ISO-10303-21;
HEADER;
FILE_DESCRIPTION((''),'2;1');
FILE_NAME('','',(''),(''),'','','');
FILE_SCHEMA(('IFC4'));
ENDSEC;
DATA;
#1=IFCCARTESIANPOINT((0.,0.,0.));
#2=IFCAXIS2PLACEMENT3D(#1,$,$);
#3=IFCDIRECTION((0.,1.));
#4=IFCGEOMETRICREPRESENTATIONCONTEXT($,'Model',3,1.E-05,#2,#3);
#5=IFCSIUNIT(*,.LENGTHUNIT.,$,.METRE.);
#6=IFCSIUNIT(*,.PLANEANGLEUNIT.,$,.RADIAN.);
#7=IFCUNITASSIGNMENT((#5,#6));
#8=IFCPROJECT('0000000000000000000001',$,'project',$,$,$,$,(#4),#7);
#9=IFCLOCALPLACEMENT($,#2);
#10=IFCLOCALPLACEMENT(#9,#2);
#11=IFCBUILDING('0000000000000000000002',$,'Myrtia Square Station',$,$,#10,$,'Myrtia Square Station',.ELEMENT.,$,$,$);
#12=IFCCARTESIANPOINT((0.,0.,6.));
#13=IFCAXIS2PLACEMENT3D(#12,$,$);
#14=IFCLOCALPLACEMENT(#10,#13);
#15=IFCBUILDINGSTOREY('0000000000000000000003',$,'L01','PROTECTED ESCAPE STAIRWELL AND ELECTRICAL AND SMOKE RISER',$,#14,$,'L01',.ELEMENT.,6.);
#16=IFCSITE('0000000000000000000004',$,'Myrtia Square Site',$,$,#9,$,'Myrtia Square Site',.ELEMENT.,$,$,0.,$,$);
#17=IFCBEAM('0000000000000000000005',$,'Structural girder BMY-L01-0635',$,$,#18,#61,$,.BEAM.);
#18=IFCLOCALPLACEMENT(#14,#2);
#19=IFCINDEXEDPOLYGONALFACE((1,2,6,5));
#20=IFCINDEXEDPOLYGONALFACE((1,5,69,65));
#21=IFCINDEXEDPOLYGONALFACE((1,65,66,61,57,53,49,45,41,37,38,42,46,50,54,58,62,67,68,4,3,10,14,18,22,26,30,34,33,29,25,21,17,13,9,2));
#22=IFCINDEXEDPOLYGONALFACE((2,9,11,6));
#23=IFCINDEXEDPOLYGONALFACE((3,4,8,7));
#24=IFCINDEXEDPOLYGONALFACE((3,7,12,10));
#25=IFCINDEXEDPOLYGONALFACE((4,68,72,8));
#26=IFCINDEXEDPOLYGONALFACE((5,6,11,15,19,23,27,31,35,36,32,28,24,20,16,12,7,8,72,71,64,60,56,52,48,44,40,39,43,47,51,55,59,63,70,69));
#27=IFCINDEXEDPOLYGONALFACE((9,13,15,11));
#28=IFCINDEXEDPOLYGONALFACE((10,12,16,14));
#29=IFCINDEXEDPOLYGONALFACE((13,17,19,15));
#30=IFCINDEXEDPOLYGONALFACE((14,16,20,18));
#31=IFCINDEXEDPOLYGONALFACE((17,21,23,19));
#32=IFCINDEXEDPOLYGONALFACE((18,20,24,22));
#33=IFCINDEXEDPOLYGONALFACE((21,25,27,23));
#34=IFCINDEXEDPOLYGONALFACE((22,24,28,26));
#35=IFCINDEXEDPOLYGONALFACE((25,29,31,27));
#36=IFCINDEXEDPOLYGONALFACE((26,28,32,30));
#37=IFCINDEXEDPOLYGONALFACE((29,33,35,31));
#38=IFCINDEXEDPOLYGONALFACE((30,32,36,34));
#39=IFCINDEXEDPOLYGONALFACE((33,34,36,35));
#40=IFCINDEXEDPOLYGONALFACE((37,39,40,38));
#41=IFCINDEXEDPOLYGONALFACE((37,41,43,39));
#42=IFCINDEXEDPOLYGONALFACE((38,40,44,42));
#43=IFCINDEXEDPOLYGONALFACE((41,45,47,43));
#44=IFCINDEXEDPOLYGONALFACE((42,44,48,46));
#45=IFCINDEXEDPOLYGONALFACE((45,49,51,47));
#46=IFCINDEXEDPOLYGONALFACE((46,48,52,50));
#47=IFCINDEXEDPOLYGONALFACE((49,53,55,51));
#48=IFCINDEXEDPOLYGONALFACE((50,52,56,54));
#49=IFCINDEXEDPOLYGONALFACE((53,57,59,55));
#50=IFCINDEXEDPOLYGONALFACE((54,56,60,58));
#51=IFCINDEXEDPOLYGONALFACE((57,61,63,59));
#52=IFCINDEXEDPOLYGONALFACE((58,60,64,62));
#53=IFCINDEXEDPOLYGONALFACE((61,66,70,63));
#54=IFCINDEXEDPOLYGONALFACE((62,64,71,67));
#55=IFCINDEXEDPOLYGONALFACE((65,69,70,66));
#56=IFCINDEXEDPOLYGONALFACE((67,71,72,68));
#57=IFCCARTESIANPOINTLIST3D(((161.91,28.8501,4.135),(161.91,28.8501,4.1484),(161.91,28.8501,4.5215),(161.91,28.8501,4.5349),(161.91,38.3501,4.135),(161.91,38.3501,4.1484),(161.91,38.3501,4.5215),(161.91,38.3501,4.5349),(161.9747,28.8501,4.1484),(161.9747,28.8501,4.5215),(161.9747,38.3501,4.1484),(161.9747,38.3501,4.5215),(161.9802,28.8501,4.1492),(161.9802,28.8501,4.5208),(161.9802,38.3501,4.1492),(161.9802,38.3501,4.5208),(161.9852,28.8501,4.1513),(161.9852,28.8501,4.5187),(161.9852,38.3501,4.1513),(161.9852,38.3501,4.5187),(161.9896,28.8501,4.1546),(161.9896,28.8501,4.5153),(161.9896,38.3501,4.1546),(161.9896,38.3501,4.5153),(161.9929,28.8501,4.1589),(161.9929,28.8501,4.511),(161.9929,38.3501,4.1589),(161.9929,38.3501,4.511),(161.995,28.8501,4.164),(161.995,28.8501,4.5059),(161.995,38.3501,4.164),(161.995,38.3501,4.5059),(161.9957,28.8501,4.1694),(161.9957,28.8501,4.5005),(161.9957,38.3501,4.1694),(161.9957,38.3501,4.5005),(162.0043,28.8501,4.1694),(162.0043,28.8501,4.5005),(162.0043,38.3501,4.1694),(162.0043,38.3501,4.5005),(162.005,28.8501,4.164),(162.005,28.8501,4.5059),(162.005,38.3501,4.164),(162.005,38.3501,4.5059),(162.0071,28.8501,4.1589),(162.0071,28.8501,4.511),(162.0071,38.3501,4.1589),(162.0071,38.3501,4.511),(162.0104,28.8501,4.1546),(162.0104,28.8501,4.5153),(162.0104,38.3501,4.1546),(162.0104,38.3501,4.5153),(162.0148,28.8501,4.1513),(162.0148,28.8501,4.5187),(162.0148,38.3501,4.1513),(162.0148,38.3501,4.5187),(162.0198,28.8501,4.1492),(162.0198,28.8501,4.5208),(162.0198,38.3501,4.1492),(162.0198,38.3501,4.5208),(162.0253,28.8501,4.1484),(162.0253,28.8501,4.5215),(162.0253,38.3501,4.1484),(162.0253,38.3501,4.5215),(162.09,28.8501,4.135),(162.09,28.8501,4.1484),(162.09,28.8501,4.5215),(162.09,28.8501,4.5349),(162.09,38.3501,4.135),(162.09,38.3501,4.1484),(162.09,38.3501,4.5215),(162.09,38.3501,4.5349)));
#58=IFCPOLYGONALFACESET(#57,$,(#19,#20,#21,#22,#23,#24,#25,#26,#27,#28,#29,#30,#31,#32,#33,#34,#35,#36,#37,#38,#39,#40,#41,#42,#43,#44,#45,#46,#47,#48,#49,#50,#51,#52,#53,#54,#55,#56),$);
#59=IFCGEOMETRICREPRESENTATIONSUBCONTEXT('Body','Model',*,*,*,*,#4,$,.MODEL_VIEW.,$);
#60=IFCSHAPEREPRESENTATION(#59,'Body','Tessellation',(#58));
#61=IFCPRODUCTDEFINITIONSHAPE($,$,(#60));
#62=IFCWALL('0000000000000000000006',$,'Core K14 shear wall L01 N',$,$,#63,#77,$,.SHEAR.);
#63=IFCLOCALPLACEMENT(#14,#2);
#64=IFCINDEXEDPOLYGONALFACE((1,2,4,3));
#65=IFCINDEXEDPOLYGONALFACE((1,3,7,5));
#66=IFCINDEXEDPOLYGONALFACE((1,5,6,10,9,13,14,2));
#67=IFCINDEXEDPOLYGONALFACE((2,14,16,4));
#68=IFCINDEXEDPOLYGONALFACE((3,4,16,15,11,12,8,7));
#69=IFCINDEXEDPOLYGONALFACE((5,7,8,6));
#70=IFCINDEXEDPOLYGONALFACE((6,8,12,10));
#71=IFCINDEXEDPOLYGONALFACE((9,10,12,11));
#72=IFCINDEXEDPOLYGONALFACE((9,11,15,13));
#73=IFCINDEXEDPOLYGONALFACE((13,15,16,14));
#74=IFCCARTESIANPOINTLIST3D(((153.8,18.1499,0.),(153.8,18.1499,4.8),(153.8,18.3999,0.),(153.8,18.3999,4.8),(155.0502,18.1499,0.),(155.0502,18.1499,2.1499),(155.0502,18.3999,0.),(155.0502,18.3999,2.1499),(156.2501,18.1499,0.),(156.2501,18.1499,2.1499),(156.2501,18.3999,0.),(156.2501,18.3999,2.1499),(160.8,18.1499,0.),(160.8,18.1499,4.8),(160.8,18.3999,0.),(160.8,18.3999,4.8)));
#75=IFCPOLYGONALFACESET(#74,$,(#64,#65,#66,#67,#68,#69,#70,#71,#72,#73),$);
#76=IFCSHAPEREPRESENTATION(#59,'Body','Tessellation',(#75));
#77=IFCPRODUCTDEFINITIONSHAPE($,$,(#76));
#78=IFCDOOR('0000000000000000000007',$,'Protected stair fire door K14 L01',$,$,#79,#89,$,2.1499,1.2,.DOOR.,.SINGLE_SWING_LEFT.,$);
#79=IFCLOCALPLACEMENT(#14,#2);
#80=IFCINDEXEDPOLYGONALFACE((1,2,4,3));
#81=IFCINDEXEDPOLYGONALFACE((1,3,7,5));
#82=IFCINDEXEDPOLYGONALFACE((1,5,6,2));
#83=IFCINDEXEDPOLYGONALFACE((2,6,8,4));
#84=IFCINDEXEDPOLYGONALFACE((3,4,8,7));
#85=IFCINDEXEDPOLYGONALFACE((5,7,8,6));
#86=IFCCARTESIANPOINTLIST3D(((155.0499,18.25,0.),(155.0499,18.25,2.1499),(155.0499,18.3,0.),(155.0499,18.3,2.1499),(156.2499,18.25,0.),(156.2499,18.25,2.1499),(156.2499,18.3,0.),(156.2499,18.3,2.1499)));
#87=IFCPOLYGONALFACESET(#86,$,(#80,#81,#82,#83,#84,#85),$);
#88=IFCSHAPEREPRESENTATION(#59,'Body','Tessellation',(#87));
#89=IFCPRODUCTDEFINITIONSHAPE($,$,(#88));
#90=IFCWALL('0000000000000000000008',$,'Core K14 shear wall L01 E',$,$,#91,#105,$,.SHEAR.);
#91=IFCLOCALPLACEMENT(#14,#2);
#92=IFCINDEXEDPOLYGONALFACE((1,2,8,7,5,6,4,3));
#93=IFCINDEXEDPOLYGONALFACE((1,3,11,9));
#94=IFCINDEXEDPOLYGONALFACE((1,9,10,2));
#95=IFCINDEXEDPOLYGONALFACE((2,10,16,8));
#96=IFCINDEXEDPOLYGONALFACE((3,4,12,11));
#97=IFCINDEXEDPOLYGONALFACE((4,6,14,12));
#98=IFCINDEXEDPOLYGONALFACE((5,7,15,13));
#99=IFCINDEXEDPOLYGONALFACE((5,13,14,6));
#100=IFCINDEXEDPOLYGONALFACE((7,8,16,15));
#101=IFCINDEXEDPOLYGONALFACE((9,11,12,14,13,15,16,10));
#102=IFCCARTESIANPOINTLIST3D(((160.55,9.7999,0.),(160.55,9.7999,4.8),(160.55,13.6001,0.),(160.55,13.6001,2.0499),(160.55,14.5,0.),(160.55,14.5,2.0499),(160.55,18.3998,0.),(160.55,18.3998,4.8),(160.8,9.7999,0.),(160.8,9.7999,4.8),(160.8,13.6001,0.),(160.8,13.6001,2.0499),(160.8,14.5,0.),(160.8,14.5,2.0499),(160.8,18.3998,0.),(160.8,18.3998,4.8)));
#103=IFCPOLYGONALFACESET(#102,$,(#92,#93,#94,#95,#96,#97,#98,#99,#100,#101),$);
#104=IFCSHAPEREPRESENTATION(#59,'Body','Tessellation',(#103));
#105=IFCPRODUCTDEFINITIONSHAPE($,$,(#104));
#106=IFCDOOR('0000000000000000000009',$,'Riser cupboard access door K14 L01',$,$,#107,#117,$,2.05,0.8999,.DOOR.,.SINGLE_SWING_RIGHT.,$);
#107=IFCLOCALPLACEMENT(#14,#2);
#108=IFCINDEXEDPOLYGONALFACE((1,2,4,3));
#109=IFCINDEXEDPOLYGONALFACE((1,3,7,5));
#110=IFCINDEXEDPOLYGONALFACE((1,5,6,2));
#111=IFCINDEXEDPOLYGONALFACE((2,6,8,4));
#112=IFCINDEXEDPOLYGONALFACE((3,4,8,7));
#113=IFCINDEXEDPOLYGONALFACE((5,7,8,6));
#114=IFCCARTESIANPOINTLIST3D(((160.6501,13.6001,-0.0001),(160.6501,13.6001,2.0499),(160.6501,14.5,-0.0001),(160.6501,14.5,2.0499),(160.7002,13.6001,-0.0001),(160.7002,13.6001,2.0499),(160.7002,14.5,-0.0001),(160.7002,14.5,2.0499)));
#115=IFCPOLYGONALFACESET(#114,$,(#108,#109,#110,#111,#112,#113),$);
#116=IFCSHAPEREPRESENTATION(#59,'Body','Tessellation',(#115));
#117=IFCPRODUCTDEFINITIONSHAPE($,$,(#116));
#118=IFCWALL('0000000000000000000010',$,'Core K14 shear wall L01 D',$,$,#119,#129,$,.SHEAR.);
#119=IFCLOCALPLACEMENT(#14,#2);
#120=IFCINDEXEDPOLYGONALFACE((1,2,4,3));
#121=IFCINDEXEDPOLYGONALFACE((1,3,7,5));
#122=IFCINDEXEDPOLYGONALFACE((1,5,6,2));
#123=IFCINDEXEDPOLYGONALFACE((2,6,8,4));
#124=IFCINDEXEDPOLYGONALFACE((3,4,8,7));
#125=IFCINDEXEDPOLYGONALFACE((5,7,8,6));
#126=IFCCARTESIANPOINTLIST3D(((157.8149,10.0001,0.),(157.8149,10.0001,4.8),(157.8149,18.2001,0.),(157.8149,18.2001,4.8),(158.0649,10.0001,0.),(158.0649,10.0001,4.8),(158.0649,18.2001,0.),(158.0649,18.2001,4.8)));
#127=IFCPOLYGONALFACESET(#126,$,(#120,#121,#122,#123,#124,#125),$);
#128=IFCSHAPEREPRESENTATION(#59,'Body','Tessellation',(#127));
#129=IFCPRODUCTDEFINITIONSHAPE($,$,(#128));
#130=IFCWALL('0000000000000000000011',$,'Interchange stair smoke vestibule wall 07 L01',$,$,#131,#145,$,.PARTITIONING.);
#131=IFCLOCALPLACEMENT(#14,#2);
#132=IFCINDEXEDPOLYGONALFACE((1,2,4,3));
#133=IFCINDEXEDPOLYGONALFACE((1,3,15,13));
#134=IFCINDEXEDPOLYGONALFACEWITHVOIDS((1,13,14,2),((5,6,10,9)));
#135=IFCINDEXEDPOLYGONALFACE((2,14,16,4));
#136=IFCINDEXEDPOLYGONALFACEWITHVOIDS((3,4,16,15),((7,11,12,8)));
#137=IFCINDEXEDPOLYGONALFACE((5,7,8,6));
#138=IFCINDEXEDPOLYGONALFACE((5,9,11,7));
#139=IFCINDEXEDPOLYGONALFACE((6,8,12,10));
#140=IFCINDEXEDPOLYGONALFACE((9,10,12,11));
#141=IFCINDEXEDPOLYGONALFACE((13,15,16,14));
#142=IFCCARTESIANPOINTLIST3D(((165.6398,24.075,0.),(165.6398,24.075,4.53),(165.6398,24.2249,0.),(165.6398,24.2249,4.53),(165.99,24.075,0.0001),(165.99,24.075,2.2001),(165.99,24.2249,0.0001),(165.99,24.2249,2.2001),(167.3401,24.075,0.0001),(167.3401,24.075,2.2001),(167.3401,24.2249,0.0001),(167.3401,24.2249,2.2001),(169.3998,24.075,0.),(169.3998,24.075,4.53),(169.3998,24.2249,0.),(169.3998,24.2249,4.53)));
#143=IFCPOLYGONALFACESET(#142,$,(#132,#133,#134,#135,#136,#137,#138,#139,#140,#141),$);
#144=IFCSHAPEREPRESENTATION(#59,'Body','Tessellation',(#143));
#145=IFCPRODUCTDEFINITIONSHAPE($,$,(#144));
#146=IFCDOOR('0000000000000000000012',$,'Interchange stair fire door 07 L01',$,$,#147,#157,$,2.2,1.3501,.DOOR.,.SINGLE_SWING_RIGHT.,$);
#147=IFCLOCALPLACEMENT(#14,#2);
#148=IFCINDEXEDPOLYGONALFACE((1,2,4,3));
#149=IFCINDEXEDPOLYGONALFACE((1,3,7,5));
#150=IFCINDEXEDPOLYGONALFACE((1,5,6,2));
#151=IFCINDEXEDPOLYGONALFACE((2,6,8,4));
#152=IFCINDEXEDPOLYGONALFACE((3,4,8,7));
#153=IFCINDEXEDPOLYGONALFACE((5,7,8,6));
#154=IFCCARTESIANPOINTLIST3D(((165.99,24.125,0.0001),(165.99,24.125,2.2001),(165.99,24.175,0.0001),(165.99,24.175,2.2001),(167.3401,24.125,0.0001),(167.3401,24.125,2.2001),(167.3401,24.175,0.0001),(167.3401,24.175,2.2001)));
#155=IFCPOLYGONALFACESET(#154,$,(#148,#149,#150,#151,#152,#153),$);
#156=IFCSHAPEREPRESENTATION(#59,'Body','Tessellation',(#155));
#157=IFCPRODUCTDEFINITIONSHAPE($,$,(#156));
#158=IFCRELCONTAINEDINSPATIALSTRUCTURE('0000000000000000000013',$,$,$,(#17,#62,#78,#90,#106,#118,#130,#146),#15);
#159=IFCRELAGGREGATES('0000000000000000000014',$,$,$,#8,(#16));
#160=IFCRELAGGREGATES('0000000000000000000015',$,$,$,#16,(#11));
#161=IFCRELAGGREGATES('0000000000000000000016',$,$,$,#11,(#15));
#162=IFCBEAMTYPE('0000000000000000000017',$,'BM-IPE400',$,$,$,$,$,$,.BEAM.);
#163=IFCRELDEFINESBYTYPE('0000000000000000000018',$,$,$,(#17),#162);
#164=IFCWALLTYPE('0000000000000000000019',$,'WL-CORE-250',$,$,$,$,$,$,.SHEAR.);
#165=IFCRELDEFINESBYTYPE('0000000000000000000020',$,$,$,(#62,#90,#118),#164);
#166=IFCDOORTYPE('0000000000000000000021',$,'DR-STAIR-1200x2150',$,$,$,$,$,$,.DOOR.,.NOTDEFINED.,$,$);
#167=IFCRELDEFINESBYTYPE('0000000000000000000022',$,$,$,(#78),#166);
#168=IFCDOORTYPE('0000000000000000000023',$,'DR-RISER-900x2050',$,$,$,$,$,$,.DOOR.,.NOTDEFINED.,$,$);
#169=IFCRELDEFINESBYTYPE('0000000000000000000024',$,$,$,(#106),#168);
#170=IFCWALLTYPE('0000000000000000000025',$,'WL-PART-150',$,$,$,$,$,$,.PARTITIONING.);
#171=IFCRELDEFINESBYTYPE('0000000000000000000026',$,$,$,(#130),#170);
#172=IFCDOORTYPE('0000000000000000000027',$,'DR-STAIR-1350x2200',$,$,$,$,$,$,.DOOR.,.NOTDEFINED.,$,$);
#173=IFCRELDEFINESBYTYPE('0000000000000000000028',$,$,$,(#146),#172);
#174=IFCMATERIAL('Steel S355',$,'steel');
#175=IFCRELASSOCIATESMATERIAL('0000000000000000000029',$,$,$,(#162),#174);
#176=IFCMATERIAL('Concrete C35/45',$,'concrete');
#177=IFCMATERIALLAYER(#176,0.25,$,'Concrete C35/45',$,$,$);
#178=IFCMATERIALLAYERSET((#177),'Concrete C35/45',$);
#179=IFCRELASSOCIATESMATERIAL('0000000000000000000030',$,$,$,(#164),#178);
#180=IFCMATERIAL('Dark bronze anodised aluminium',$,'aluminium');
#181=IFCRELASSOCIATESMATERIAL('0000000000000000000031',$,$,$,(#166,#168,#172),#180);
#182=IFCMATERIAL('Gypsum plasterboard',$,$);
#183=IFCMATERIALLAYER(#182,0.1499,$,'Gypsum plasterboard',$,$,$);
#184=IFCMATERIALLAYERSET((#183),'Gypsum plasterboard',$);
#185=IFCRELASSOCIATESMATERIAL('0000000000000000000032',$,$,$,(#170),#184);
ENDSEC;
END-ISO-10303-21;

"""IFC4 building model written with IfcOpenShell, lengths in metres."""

from ifc_helpers import new_model, si_unit, direction, frame, frame_2d, origin, origin_2d, place, context, subcontext, project, spatial, rectangle, i_section, extrude, material, layer, layer_set, material_profile, profile_set, type_object, element, fill, save


model = new_model("IFC4")

# Units and contexts
model_context = context("Model", 3, precision=1e-05, world=origin(), true_north=direction((0.0, 1.0)))
body_context = subcontext(model_context, "Body", "Model", "MODEL_VIEW")
ifc_project = project(units=[si_unit("LENGTHUNIT", "METRE"), si_unit("PLANEANGLEUNIT", "RADIAN")], contexts=[model_context])

# Site, building, storey
site_placement = place(None, origin())
site = spatial("IfcSite", under=ifc_project, at=site_placement, Name="Myrtia Square Site", LongName="Myrtia Square Site", CompositionType="ELEMENT", RefElevation=0.0)
building_placement = place(site_placement, origin())
building = spatial("IfcBuilding", under=site, at=building_placement, Name="Myrtia Square Station", LongName="Myrtia Square Station", CompositionType="ELEMENT")
storey_placement = place(building_placement, frame((0.0, 0.0, 6.0)))
storey = spatial("IfcBuildingStorey", under=building, at=storey_placement, Name="L01", Description="PROTECTED ESCAPE STAIRWELL AND ELECTRICAL AND SMOKE RISER", LongName="L01", CompositionType="ELEMENT", Elevation=6.0)

# Shared definitions
ifc_material_1 = material(Name="Steel S355", Category="steel")

# Beam
ifc_material_profile_1 = material_profile(ifc_material_1, i_section(OverallWidth=0.1799, OverallDepth=0.3999, WebThickness=0.0085, FlangeThickness=0.0134, FilletRadius=0.021, at=origin_2d()), Name="IPE 400")
ifc_profile_set_1 = profile_set([ifc_material_profile_1], Name="Steel S355")
beam_type_1 = type_object("IfcBeamType", Name="BM-IPE400", PredefinedType="BEAM", material=ifc_profile_set_1)
for number, where, z_axis, x_axis, name in (
    (1, (162.0, 28.8501, 4.335), (0.0, 1.0, 0.0), (-1.0, 0.0, 0.0), "Structural girder BMY-L01-0635"),
):
    element("IfcBeam", number, at=place(storey_placement, frame(where, z_axis=z_axis, x_axis=x_axis)), inside=storey, type_object=beam_type_1, Name=name, PredefinedType="BEAM", context=body_context, shape_type="SweptSolid", body=[
        extrude(i_section(OverallWidth=0.1799, OverallDepth=0.3999, WebThickness=0.0085, FlangeThickness=0.0134, FilletRadius=0.021, at=origin_2d()), origin(), (0.0, 0.0, 1.0), 9.5),
    ])

# Walls, openings, doors
ifc_material_2 = material(Name="Concrete C35/45", Category="concrete")
ifc_layer_1 = layer(ifc_material_2, 0.25, Name="Concrete C35/45")
ifc_layer_set_1 = layer_set([ifc_layer_1], Name="Concrete C35/45")
wall_type_1 = type_object("IfcWallType", Name="WL-CORE-250", PredefinedType="SHEAR", material=ifc_layer_set_1)
wall_1_placement = place(storey_placement, frame((153.8, 18.2749, 0.0), z_axis=(0.0, 0.0, 1.0), x_axis=(1.0, 0.0, 0.0)))
wall_1 = element("IfcWall", 2, at=wall_1_placement, inside=storey, type_object=wall_type_1, Name="Core K14 shear wall L01 N", PredefinedType="SHEAR", context=body_context, shape_type="SweptSolid", body=[
    extrude(rectangle(XDim=7.0, YDim=0.25, at=frame_2d((3.5, 0.0))), origin(), (0.0, 0.0, 1.0), 4.8),
])
opening_1_placement = place(wall_1_placement, frame((1.25, 0.0, 0.0)))
opening_1 = element("IfcOpeningElement", 3, at=opening_1_placement, cuts=wall_1, PredefinedType="OPENING", context=body_context, shape_type="SweptSolid", body=[
    extrude(rectangle(XDim=1.2, YDim=2.1499, at=frame_2d((0.6001, 1.075))), frame((0.0, 0.1399, 0.0), z_axis=(0.0, -1.0, 0.0), x_axis=(1.0, 0.0, 0.0)), (0.0, 0.0, 1.0), 0.28),
])
ifc_material_3 = material(Name="Dark bronze anodised aluminium", Category="aluminium")
door_type_1 = type_object("IfcDoorType", Name="DR-STAIR-1200x2150", OperationType="NOTDEFINED", PredefinedType="DOOR", material=ifc_material_3)
door_1_placement = place(opening_1_placement, frame((1.2, 0.0, 0.0), z_axis=(0.0, 0.0, 1.0), x_axis=(-1.0, 0.0, 0.0)))
door_1 = element("IfcDoor", 4, at=door_1_placement, inside=storey, type_object=door_type_1, Name="Protected stair fire door K14 L01", OperationType="SINGLE_SWING_LEFT", OverallHeight=2.1499, OverallWidth=1.2, PredefinedType="DOOR", context=body_context, shape_type="SweptSolid", body=[
    extrude(rectangle(XDim=1.2, YDim=2.1499, at=frame_2d((0.6001, 1.075))), frame((0.0, 0.0249, 0.0), z_axis=(0.0, -1.0, 0.0), x_axis=(1.0, 0.0, 0.0)), (0.0, 0.0, 1.0), 0.05),
])
fill(opening_1, door_1)
wall_2_placement = place(storey_placement, frame((160.675, 9.8, 0.0), z_axis=(0.0, 0.0, 1.0), x_axis=(0.0, 1.0, 0.0)))
wall_2 = element("IfcWall", 5, at=wall_2_placement, inside=storey, type_object=wall_type_1, Name="Core K14 shear wall L01 E", PredefinedType="SHEAR", context=body_context, shape_type="SweptSolid", body=[
    extrude(rectangle(XDim=8.5999, YDim=0.25, at=frame_2d((4.2998, 0.0))), origin(), (0.0, 0.0, 1.0), 4.8),
])
opening_2_placement = place(wall_2_placement, frame((3.8, 0.0, 0.0)))
opening_2 = element("IfcOpeningElement", 6, at=opening_2_placement, cuts=wall_2, PredefinedType="OPENING", context=body_context, shape_type="SweptSolid", body=[
    extrude(rectangle(XDim=0.8999, YDim=2.05, at=frame_2d((0.45, 1.0249))), frame((0.0, 0.1399, 0.0), z_axis=(0.0, -1.0, 0.0), x_axis=(1.0, 0.0, 0.0)), (0.0, 0.0, 1.0), 0.28),
])
door_type_2 = type_object("IfcDoorType", Name="DR-RISER-900x2050", OperationType="NOTDEFINED", PredefinedType="DOOR", material=ifc_material_3)
door_2_placement = place(opening_2_placement, origin())
door_2 = element("IfcDoor", 7, at=door_2_placement, inside=storey, type_object=door_type_2, Name="Riser cupboard access door K14 L01", OperationType="SINGLE_SWING_RIGHT", OverallHeight=2.05, OverallWidth=0.8999, PredefinedType="DOOR", context=body_context, shape_type="SweptSolid", body=[
    extrude(rectangle(XDim=0.8999, YDim=2.05, at=frame_2d((0.45, 1.0249))), frame((0.0, 0.0249, 0.0), z_axis=(0.0, -1.0, 0.0), x_axis=(1.0, 0.0, 0.0)), (0.0, 0.0, 1.0), 0.05),
])
fill(opening_2, door_2)

# Wall
wall_3_placement = place(storey_placement, frame((157.9399, 10.0, 0.0), z_axis=(0.0, 0.0, 1.0), x_axis=(0.0, 1.0, 0.0)))
element("IfcWall", 8, at=wall_3_placement, inside=storey, type_object=wall_type_1, Name="Core K14 shear wall L01 D", PredefinedType="SHEAR", context=body_context, shape_type="SweptSolid", body=[
    extrude(rectangle(XDim=8.2, YDim=0.25, at=frame_2d((4.1001, 0.0))), origin(), (0.0, 0.0, 1.0), 4.8),
])

# Wall, opening, door
ifc_material_4 = material(Name="Gypsum plasterboard")
ifc_layer_2 = layer(ifc_material_4, 0.1499, Name="Gypsum plasterboard")
ifc_layer_set_2 = layer_set([ifc_layer_2], Name="Gypsum plasterboard")
wall_type_2 = type_object("IfcWallType", Name="WL-PART-150", PredefinedType="PARTITIONING", material=ifc_layer_set_2)
wall_4_placement = place(storey_placement, frame((165.6399, 24.1499, 0.0), z_axis=(0.0, 0.0, 1.0), x_axis=(1.0, 0.0, 0.0)))
wall_4 = element("IfcWall", 9, at=wall_4_placement, inside=storey, type_object=wall_type_2, Name="Interchange stair smoke vestibule wall 07 L01", PredefinedType="PARTITIONING", context=body_context, shape_type="SweptSolid", body=[
    extrude(rectangle(XDim=3.76, YDim=0.1499, at=frame_2d((1.8799, 0.0))), origin(), (0.0, 0.0, 1.0), 4.53),
])
opening_3_placement = place(wall_4_placement, frame((0.3501, 0.0, 0.0)))
opening_3 = element("IfcOpeningElement", 10, at=opening_3_placement, cuts=wall_4, PredefinedType="OPENING", context=body_context, shape_type="SweptSolid", body=[
    extrude(rectangle(XDim=1.3501, YDim=2.2, at=frame_2d((0.675, 1.1001))), frame((0.0, 0.0898, 0.0), z_axis=(0.0, -1.0, 0.0), x_axis=(1.0, 0.0, 0.0)), (0.0, 0.0, 1.0), 0.1799),
])
door_type_3 = type_object("IfcDoorType", Name="DR-STAIR-1350x2200", OperationType="NOTDEFINED", PredefinedType="DOOR", material=ifc_material_3)
door_3_placement = place(opening_3_placement, frame((1.3501, 0.0, 0.0), z_axis=(0.0, 0.0, 1.0), x_axis=(-1.0, 0.0, 0.0)))
door_3 = element("IfcDoor", 11, at=door_3_placement, inside=storey, type_object=door_type_3, Name="Interchange stair fire door 07 L01", OperationType="SINGLE_SWING_RIGHT", OverallHeight=2.2, OverallWidth=1.3501, PredefinedType="DOOR", context=body_context, shape_type="SweptSolid", body=[
    extrude(rectangle(XDim=1.3501, YDim=2.2, at=frame_2d((0.675, 1.1001))), frame((0.0, 0.0249, 0.0), z_axis=(0.0, -1.0, 0.0), x_axis=(1.0, 0.0, 0.0)), (0.0, 0.0, 1.0), 0.05),
])
fill(opening_3, door_3)

save(model, "model.ifc")
